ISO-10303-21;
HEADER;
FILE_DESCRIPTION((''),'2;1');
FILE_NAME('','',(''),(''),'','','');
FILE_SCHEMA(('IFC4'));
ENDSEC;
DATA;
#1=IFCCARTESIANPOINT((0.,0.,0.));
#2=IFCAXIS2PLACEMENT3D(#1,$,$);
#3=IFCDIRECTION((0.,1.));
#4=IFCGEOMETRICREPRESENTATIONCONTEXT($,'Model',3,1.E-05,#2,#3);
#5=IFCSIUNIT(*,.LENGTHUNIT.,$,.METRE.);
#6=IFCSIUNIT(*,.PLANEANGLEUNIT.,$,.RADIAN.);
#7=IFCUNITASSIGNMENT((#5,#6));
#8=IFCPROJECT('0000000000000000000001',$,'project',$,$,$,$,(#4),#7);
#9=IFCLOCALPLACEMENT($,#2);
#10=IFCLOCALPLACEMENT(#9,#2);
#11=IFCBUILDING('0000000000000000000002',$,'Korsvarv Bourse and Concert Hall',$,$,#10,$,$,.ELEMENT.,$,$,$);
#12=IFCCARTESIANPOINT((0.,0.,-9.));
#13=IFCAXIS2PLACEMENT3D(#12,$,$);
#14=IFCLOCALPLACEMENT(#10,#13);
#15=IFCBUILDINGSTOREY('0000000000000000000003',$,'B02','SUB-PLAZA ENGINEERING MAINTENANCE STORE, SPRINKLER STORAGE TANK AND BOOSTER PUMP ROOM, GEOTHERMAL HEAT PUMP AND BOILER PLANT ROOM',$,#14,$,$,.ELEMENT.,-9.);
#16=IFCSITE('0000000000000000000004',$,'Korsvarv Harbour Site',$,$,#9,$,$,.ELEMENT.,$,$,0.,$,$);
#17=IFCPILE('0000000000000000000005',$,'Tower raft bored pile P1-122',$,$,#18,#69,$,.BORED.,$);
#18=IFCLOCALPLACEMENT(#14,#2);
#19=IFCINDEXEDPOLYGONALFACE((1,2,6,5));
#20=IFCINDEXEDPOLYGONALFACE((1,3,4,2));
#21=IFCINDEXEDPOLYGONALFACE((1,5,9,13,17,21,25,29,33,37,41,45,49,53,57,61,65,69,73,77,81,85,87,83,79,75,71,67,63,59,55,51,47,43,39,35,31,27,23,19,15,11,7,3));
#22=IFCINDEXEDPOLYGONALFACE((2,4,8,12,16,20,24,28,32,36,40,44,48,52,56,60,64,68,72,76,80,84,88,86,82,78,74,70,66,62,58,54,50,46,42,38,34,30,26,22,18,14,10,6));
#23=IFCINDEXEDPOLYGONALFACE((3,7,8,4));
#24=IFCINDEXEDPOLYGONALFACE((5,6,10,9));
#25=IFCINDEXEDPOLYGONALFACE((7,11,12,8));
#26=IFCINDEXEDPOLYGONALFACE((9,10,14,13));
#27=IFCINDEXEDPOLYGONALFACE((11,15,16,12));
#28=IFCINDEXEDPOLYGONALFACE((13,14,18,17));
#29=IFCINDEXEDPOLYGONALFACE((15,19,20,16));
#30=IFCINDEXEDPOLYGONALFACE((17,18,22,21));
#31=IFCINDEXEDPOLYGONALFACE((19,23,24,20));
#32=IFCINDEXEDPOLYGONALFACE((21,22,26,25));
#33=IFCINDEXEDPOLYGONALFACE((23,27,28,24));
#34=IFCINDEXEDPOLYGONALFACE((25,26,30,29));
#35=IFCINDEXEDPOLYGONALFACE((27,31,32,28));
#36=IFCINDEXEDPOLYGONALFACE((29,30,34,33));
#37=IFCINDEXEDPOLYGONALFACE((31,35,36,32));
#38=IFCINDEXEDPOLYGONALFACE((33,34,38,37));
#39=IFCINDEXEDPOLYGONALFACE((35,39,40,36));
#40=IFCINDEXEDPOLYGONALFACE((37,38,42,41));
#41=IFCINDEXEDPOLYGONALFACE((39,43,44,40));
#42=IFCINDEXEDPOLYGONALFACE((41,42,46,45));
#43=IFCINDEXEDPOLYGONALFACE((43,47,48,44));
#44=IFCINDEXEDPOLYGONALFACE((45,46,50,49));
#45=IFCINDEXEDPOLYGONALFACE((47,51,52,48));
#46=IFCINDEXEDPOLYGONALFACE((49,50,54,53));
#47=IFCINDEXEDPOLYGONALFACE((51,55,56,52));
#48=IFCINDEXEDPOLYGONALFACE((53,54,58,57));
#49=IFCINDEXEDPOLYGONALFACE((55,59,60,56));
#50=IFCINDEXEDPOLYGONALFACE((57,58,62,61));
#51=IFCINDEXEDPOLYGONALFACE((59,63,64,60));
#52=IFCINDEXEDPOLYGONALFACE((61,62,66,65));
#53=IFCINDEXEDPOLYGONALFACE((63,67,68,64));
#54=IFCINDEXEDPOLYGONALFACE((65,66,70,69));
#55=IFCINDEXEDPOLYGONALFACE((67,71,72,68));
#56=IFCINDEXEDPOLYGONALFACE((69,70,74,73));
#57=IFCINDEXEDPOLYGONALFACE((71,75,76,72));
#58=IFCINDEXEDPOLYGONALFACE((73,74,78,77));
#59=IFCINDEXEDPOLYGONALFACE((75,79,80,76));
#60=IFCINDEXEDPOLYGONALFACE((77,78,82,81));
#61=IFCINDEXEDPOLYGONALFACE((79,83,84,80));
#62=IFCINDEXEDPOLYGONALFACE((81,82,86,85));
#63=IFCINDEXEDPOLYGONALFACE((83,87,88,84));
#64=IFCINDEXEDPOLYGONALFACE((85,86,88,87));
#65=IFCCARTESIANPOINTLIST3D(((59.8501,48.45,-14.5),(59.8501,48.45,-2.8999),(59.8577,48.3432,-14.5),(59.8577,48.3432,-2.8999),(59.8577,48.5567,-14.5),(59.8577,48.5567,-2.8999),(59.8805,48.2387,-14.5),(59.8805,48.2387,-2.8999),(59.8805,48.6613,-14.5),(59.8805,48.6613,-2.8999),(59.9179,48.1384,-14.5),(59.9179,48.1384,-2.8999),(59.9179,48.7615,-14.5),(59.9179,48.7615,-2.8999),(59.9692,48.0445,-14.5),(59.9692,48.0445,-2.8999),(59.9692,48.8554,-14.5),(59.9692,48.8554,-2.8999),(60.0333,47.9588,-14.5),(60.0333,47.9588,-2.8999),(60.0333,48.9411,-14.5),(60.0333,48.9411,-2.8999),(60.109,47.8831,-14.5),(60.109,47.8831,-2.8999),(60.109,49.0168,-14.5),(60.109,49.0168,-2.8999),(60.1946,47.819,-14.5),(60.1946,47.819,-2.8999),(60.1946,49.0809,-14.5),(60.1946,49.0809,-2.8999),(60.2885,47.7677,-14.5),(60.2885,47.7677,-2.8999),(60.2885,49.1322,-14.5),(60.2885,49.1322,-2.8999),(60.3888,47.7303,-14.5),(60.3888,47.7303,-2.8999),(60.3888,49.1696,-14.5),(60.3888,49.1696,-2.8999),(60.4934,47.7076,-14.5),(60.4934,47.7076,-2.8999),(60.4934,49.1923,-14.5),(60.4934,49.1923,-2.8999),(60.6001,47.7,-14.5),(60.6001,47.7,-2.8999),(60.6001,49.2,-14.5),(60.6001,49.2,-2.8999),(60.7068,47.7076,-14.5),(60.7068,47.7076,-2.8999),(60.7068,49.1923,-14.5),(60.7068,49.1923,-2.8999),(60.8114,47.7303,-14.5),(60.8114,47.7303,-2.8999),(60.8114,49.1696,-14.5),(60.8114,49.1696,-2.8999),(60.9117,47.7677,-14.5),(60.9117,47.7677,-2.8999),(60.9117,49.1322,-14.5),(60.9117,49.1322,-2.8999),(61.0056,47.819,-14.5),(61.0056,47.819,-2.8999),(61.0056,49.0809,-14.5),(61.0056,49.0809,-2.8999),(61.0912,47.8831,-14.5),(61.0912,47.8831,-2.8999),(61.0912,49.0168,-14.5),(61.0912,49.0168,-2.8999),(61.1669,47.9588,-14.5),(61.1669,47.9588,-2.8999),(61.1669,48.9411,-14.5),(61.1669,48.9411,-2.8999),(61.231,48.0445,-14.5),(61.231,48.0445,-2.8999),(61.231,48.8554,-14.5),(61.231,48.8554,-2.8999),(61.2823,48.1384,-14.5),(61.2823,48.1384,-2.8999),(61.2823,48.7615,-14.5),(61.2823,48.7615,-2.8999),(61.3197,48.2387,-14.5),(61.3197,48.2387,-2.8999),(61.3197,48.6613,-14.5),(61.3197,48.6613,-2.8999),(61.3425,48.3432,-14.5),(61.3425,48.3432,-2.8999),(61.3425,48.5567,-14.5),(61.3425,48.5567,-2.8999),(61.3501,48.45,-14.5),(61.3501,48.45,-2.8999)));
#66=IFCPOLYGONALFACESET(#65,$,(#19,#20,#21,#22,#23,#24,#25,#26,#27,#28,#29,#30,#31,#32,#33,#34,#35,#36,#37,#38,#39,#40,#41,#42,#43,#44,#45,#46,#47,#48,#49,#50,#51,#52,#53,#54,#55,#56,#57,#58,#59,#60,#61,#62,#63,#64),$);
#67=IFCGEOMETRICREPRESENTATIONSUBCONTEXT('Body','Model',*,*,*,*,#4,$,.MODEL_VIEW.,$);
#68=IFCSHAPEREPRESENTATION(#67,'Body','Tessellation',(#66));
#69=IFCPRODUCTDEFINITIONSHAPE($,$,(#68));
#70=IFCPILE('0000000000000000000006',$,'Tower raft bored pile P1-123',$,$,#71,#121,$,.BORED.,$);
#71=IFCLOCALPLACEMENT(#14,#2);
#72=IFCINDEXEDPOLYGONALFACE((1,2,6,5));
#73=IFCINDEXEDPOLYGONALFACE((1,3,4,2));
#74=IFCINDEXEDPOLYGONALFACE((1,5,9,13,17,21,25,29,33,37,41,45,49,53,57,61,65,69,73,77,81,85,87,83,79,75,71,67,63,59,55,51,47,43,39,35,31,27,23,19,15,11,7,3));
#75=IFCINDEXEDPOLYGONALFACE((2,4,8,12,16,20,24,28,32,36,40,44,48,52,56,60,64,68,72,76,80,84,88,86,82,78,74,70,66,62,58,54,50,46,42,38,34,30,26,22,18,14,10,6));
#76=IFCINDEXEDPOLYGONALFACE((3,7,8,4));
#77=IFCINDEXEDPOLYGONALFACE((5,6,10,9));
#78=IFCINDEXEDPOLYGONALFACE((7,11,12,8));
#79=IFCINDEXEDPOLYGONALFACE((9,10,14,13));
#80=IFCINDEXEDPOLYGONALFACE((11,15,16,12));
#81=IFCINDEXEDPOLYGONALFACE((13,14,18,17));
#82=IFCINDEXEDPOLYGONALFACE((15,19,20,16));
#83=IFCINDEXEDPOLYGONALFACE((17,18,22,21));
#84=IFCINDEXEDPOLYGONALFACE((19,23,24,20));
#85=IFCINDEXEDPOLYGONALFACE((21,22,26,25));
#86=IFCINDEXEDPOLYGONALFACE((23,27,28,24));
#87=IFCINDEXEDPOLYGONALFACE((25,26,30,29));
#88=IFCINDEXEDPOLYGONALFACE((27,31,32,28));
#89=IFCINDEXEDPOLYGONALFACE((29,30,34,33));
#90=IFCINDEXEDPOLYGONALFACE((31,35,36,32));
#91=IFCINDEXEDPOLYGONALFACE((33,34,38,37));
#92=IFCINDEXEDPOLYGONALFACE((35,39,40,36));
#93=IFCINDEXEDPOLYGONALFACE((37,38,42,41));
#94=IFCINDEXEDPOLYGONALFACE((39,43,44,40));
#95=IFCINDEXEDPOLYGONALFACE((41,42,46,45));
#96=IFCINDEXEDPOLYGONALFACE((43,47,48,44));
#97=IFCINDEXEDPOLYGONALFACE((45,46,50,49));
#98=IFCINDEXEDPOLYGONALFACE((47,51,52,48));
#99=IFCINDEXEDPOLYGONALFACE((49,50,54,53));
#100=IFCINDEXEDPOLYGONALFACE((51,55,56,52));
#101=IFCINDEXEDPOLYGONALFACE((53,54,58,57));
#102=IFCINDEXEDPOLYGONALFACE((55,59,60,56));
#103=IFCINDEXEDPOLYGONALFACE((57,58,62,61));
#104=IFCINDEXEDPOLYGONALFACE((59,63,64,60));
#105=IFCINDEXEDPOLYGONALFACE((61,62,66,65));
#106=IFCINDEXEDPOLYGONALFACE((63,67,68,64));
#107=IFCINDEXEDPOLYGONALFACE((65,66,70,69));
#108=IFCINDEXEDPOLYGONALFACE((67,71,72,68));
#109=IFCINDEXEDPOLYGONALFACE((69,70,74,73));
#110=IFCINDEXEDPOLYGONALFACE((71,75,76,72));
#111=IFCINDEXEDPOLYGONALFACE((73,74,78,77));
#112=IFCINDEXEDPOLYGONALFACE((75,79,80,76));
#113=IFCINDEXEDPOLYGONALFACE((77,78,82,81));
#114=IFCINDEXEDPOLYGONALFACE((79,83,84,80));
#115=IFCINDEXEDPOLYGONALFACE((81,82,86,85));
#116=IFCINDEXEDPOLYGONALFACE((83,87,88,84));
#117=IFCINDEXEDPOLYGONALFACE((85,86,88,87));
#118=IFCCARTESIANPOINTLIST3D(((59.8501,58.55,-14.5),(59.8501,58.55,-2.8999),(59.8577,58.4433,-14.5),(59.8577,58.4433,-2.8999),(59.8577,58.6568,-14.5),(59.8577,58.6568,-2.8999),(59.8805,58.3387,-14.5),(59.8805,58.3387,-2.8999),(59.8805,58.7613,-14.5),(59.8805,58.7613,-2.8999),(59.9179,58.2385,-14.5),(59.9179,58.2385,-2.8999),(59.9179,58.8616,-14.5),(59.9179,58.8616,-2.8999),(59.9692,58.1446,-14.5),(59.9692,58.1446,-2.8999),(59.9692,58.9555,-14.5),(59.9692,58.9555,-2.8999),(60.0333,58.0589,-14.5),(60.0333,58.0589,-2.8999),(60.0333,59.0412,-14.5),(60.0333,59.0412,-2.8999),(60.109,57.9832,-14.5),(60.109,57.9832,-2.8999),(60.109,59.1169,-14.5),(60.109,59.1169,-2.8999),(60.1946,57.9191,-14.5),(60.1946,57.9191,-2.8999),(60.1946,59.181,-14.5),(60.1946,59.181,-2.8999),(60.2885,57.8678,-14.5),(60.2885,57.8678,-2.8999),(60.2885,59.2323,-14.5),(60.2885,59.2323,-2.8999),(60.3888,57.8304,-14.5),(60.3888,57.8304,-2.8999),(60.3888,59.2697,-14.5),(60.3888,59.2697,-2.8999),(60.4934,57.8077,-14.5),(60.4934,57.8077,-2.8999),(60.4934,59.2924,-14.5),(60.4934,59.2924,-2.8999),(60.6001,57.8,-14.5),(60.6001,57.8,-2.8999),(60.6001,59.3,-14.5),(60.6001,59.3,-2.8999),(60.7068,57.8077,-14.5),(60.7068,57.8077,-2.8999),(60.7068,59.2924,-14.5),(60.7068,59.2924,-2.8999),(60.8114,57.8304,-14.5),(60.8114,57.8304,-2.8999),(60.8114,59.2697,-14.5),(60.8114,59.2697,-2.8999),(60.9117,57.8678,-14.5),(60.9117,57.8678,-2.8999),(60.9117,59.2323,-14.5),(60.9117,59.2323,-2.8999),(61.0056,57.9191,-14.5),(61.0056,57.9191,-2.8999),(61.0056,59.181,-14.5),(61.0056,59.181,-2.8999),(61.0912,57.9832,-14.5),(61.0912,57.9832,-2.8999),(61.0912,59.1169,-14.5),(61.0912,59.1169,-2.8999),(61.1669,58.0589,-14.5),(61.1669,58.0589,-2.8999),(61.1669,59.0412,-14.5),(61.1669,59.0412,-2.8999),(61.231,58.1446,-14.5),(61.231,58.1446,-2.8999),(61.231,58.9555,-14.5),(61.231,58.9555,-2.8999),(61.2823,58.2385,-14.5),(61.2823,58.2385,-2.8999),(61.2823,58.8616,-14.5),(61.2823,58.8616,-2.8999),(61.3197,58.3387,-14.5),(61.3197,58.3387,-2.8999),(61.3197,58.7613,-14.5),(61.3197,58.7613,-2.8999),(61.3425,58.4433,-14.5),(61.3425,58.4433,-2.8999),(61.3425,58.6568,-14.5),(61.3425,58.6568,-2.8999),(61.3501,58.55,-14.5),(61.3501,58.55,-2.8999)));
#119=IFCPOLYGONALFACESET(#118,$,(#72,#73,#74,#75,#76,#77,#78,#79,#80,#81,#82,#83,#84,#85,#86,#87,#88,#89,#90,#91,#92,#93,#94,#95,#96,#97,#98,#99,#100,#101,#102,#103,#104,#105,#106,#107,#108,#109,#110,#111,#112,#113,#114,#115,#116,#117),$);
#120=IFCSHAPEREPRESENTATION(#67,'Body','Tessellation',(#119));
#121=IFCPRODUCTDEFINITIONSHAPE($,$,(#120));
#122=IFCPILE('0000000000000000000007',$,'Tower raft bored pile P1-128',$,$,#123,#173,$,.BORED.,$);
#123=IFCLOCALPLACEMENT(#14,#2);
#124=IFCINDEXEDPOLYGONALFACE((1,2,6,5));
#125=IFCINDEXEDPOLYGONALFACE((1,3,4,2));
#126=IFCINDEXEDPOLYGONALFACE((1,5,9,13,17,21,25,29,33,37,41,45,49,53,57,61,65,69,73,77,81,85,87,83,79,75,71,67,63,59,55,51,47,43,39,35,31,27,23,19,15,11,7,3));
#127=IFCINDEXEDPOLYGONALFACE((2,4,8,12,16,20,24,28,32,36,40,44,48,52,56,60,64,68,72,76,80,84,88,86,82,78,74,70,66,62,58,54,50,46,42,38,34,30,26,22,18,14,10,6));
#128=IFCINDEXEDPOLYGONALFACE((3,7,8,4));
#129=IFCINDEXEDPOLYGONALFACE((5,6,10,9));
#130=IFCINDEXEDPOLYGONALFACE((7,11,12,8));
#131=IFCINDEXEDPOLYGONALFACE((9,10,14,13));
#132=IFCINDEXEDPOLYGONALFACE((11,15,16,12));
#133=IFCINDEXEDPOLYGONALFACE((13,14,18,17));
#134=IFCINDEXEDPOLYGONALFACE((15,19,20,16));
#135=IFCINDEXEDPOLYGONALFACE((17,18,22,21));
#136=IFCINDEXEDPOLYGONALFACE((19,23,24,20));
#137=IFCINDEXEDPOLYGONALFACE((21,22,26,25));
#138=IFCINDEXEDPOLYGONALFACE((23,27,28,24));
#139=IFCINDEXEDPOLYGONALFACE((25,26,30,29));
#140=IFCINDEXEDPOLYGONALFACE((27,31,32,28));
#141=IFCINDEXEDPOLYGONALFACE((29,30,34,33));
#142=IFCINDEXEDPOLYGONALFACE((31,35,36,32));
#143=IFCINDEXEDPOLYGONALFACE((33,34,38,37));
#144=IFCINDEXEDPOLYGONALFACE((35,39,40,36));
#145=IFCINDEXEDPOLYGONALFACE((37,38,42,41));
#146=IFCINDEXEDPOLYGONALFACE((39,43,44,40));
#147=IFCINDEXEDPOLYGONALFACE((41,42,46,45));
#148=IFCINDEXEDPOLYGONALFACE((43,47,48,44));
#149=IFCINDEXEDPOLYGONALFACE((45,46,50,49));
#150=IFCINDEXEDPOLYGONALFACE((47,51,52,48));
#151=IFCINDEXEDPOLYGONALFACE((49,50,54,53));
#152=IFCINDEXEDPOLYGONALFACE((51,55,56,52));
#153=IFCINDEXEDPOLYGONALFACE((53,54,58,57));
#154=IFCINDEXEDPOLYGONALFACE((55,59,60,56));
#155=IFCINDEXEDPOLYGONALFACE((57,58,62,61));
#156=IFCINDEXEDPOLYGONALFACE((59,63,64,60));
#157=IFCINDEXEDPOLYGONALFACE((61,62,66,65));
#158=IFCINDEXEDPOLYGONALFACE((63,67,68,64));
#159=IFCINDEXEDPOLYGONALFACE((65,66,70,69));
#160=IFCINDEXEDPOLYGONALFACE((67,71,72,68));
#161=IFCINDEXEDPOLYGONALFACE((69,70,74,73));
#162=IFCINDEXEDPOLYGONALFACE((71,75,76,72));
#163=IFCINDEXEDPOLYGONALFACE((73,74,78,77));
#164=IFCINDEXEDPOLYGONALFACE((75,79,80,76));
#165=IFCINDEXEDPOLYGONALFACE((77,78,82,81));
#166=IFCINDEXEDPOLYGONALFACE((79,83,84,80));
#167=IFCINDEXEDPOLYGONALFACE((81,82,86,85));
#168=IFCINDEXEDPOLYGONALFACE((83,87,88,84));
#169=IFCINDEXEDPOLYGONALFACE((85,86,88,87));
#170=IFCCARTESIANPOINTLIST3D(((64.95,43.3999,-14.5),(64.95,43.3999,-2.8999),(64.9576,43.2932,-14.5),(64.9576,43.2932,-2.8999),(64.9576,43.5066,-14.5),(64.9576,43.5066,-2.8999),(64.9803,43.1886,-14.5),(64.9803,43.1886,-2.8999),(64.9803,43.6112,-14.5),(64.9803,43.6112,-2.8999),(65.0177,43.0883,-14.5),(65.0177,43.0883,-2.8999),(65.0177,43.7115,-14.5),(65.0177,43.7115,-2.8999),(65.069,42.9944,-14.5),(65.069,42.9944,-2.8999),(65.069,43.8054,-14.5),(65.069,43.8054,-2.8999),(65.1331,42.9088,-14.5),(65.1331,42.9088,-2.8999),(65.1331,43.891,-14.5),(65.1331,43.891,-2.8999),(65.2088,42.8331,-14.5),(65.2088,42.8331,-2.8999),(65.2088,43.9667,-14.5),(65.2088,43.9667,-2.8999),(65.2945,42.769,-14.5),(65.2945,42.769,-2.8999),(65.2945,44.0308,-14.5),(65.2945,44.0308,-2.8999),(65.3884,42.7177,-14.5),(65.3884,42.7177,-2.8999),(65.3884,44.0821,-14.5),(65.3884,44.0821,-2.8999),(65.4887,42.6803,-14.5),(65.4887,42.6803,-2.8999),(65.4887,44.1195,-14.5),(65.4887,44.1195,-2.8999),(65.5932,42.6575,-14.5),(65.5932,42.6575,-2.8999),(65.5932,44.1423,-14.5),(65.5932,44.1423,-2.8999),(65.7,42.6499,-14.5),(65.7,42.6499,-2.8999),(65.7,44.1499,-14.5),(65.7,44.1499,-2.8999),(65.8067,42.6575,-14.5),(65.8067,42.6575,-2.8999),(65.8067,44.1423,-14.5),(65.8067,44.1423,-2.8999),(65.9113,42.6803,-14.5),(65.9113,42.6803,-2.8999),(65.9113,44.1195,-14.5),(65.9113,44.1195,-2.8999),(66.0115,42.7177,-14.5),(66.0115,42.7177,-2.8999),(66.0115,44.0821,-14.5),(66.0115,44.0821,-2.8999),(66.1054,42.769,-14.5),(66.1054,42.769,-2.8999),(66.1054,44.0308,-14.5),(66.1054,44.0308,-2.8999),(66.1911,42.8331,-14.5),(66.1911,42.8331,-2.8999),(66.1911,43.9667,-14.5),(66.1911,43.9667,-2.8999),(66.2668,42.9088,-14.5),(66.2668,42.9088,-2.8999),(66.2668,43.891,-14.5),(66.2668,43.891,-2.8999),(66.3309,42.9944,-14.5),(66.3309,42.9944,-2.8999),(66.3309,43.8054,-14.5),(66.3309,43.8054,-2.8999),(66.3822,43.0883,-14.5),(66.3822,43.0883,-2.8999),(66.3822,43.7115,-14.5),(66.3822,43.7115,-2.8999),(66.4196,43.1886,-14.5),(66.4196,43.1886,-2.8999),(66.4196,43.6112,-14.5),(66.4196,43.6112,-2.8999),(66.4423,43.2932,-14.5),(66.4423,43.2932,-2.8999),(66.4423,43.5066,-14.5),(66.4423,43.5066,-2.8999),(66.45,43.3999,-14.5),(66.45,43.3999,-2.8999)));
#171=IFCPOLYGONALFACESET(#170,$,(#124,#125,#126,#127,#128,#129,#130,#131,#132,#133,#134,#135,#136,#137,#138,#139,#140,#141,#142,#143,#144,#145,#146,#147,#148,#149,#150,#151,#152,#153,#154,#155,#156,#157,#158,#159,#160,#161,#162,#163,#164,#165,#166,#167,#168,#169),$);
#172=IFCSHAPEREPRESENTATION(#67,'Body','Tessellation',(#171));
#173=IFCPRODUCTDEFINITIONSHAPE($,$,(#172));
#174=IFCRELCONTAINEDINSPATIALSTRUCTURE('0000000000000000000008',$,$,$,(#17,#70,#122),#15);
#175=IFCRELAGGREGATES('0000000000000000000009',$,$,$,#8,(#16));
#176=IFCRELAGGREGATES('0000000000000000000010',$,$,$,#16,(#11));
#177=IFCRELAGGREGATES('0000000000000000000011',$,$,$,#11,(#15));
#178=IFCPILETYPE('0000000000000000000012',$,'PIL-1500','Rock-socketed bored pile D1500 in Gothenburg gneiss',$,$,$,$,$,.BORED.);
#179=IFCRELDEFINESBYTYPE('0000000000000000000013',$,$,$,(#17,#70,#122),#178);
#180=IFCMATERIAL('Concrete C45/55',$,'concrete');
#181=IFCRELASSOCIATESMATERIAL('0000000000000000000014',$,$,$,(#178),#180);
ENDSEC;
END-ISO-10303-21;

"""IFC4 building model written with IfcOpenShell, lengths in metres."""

from ifc_helpers import new_model, si_unit, direction, frame, origin, origin_2d, place, context, subcontext, project, spatial, circle, extrude, source, transform, mapped, material, material_profile, profile_set, type_object, element, save


model = new_model("IFC4")

# Units and contexts
model_context = context("Model", 3, precision=1e-05, world=origin(), true_north=direction((0.0, 1.0)))
body_context = subcontext(model_context, "Body", "Model", "MODEL_VIEW")
ifc_project = project(units=[si_unit("LENGTHUNIT", "METRE"), si_unit("PLANEANGLEUNIT", "RADIAN")], contexts=[model_context])

# Site, building, storey
site_placement = place(None, origin())
site = spatial("IfcSite", under=ifc_project, at=site_placement, Name="Korsvarv Harbour Site", CompositionType="ELEMENT", RefElevation=0.0)
building_placement = place(site_placement, origin())
building = spatial("IfcBuilding", under=site, at=building_placement, Name="Korsvarv Bourse and Concert Hall", CompositionType="ELEMENT")
storey_placement = place(building_placement, frame((0.0, 0.0, -9.0)))
storey = spatial("IfcBuildingStorey", under=building, at=storey_placement, Name="B02", Description="SUB-PLAZA ENGINEERING MAINTENANCE STORE, SPRINKLER STORAGE TANK AND BOOSTER PUMP ROOM, GEOTHERMAL HEAT PUMP AND BOILER PLANT ROOM", CompositionType="ELEMENT", Elevation=-9.0)

# Shared definitions
ifc_material_1 = material(Name="Concrete C45/55", Category="concrete")

# Piles
ifc_material_profile_1 = material_profile(ifc_material_1, circle(Radius=0.75, at=origin_2d()), Name="PILE D1500")
ifc_profile_set_1 = profile_set([ifc_material_profile_1], Name="Concrete C45/55")
pile_type_1 = type_object("IfcPileType", Name="PIL-1500", Description="Rock-socketed bored pile D1500 in Gothenburg gneiss", PredefinedType="BORED", material=ifc_profile_set_1)
shared_shape_1 = source(origin(), body_context, "Body", "SweptSolid", [
    extrude(circle(Radius=0.75, at=origin_2d()), origin(), (0.0, 0.0, 1.0), 11.6001),
])
for number, where, z_axis, x_axis, name in (
    (1, (60.6001, 48.45, -2.8999), (0.0, 0.0, -1.0), (1.0, 0.0, 0.0), "Tower raft bored pile P1-122"),
    (2, (60.6001, 58.55, -2.8999), (0.0, 0.0, -1.0), (1.0, 0.0, 0.0), "Tower raft bored pile P1-123"),
    (3, (65.7, 43.3999, -2.8999), (0.0, 0.0, -1.0), (1.0, 0.0, 0.0), "Tower raft bored pile P1-128"),
):
    element("IfcPile", number, at=place(storey_placement, frame(where, z_axis=z_axis, x_axis=x_axis)), inside=storey, type_object=pile_type_1, Name=name, PredefinedType="BORED", context=body_context, shape_type="MappedRepresentation", body=[
        mapped(shared_shape_1, transform((0.0, 0.0, 0.0), scale=1.0)),
    ])

save(model, "model.ifc")
